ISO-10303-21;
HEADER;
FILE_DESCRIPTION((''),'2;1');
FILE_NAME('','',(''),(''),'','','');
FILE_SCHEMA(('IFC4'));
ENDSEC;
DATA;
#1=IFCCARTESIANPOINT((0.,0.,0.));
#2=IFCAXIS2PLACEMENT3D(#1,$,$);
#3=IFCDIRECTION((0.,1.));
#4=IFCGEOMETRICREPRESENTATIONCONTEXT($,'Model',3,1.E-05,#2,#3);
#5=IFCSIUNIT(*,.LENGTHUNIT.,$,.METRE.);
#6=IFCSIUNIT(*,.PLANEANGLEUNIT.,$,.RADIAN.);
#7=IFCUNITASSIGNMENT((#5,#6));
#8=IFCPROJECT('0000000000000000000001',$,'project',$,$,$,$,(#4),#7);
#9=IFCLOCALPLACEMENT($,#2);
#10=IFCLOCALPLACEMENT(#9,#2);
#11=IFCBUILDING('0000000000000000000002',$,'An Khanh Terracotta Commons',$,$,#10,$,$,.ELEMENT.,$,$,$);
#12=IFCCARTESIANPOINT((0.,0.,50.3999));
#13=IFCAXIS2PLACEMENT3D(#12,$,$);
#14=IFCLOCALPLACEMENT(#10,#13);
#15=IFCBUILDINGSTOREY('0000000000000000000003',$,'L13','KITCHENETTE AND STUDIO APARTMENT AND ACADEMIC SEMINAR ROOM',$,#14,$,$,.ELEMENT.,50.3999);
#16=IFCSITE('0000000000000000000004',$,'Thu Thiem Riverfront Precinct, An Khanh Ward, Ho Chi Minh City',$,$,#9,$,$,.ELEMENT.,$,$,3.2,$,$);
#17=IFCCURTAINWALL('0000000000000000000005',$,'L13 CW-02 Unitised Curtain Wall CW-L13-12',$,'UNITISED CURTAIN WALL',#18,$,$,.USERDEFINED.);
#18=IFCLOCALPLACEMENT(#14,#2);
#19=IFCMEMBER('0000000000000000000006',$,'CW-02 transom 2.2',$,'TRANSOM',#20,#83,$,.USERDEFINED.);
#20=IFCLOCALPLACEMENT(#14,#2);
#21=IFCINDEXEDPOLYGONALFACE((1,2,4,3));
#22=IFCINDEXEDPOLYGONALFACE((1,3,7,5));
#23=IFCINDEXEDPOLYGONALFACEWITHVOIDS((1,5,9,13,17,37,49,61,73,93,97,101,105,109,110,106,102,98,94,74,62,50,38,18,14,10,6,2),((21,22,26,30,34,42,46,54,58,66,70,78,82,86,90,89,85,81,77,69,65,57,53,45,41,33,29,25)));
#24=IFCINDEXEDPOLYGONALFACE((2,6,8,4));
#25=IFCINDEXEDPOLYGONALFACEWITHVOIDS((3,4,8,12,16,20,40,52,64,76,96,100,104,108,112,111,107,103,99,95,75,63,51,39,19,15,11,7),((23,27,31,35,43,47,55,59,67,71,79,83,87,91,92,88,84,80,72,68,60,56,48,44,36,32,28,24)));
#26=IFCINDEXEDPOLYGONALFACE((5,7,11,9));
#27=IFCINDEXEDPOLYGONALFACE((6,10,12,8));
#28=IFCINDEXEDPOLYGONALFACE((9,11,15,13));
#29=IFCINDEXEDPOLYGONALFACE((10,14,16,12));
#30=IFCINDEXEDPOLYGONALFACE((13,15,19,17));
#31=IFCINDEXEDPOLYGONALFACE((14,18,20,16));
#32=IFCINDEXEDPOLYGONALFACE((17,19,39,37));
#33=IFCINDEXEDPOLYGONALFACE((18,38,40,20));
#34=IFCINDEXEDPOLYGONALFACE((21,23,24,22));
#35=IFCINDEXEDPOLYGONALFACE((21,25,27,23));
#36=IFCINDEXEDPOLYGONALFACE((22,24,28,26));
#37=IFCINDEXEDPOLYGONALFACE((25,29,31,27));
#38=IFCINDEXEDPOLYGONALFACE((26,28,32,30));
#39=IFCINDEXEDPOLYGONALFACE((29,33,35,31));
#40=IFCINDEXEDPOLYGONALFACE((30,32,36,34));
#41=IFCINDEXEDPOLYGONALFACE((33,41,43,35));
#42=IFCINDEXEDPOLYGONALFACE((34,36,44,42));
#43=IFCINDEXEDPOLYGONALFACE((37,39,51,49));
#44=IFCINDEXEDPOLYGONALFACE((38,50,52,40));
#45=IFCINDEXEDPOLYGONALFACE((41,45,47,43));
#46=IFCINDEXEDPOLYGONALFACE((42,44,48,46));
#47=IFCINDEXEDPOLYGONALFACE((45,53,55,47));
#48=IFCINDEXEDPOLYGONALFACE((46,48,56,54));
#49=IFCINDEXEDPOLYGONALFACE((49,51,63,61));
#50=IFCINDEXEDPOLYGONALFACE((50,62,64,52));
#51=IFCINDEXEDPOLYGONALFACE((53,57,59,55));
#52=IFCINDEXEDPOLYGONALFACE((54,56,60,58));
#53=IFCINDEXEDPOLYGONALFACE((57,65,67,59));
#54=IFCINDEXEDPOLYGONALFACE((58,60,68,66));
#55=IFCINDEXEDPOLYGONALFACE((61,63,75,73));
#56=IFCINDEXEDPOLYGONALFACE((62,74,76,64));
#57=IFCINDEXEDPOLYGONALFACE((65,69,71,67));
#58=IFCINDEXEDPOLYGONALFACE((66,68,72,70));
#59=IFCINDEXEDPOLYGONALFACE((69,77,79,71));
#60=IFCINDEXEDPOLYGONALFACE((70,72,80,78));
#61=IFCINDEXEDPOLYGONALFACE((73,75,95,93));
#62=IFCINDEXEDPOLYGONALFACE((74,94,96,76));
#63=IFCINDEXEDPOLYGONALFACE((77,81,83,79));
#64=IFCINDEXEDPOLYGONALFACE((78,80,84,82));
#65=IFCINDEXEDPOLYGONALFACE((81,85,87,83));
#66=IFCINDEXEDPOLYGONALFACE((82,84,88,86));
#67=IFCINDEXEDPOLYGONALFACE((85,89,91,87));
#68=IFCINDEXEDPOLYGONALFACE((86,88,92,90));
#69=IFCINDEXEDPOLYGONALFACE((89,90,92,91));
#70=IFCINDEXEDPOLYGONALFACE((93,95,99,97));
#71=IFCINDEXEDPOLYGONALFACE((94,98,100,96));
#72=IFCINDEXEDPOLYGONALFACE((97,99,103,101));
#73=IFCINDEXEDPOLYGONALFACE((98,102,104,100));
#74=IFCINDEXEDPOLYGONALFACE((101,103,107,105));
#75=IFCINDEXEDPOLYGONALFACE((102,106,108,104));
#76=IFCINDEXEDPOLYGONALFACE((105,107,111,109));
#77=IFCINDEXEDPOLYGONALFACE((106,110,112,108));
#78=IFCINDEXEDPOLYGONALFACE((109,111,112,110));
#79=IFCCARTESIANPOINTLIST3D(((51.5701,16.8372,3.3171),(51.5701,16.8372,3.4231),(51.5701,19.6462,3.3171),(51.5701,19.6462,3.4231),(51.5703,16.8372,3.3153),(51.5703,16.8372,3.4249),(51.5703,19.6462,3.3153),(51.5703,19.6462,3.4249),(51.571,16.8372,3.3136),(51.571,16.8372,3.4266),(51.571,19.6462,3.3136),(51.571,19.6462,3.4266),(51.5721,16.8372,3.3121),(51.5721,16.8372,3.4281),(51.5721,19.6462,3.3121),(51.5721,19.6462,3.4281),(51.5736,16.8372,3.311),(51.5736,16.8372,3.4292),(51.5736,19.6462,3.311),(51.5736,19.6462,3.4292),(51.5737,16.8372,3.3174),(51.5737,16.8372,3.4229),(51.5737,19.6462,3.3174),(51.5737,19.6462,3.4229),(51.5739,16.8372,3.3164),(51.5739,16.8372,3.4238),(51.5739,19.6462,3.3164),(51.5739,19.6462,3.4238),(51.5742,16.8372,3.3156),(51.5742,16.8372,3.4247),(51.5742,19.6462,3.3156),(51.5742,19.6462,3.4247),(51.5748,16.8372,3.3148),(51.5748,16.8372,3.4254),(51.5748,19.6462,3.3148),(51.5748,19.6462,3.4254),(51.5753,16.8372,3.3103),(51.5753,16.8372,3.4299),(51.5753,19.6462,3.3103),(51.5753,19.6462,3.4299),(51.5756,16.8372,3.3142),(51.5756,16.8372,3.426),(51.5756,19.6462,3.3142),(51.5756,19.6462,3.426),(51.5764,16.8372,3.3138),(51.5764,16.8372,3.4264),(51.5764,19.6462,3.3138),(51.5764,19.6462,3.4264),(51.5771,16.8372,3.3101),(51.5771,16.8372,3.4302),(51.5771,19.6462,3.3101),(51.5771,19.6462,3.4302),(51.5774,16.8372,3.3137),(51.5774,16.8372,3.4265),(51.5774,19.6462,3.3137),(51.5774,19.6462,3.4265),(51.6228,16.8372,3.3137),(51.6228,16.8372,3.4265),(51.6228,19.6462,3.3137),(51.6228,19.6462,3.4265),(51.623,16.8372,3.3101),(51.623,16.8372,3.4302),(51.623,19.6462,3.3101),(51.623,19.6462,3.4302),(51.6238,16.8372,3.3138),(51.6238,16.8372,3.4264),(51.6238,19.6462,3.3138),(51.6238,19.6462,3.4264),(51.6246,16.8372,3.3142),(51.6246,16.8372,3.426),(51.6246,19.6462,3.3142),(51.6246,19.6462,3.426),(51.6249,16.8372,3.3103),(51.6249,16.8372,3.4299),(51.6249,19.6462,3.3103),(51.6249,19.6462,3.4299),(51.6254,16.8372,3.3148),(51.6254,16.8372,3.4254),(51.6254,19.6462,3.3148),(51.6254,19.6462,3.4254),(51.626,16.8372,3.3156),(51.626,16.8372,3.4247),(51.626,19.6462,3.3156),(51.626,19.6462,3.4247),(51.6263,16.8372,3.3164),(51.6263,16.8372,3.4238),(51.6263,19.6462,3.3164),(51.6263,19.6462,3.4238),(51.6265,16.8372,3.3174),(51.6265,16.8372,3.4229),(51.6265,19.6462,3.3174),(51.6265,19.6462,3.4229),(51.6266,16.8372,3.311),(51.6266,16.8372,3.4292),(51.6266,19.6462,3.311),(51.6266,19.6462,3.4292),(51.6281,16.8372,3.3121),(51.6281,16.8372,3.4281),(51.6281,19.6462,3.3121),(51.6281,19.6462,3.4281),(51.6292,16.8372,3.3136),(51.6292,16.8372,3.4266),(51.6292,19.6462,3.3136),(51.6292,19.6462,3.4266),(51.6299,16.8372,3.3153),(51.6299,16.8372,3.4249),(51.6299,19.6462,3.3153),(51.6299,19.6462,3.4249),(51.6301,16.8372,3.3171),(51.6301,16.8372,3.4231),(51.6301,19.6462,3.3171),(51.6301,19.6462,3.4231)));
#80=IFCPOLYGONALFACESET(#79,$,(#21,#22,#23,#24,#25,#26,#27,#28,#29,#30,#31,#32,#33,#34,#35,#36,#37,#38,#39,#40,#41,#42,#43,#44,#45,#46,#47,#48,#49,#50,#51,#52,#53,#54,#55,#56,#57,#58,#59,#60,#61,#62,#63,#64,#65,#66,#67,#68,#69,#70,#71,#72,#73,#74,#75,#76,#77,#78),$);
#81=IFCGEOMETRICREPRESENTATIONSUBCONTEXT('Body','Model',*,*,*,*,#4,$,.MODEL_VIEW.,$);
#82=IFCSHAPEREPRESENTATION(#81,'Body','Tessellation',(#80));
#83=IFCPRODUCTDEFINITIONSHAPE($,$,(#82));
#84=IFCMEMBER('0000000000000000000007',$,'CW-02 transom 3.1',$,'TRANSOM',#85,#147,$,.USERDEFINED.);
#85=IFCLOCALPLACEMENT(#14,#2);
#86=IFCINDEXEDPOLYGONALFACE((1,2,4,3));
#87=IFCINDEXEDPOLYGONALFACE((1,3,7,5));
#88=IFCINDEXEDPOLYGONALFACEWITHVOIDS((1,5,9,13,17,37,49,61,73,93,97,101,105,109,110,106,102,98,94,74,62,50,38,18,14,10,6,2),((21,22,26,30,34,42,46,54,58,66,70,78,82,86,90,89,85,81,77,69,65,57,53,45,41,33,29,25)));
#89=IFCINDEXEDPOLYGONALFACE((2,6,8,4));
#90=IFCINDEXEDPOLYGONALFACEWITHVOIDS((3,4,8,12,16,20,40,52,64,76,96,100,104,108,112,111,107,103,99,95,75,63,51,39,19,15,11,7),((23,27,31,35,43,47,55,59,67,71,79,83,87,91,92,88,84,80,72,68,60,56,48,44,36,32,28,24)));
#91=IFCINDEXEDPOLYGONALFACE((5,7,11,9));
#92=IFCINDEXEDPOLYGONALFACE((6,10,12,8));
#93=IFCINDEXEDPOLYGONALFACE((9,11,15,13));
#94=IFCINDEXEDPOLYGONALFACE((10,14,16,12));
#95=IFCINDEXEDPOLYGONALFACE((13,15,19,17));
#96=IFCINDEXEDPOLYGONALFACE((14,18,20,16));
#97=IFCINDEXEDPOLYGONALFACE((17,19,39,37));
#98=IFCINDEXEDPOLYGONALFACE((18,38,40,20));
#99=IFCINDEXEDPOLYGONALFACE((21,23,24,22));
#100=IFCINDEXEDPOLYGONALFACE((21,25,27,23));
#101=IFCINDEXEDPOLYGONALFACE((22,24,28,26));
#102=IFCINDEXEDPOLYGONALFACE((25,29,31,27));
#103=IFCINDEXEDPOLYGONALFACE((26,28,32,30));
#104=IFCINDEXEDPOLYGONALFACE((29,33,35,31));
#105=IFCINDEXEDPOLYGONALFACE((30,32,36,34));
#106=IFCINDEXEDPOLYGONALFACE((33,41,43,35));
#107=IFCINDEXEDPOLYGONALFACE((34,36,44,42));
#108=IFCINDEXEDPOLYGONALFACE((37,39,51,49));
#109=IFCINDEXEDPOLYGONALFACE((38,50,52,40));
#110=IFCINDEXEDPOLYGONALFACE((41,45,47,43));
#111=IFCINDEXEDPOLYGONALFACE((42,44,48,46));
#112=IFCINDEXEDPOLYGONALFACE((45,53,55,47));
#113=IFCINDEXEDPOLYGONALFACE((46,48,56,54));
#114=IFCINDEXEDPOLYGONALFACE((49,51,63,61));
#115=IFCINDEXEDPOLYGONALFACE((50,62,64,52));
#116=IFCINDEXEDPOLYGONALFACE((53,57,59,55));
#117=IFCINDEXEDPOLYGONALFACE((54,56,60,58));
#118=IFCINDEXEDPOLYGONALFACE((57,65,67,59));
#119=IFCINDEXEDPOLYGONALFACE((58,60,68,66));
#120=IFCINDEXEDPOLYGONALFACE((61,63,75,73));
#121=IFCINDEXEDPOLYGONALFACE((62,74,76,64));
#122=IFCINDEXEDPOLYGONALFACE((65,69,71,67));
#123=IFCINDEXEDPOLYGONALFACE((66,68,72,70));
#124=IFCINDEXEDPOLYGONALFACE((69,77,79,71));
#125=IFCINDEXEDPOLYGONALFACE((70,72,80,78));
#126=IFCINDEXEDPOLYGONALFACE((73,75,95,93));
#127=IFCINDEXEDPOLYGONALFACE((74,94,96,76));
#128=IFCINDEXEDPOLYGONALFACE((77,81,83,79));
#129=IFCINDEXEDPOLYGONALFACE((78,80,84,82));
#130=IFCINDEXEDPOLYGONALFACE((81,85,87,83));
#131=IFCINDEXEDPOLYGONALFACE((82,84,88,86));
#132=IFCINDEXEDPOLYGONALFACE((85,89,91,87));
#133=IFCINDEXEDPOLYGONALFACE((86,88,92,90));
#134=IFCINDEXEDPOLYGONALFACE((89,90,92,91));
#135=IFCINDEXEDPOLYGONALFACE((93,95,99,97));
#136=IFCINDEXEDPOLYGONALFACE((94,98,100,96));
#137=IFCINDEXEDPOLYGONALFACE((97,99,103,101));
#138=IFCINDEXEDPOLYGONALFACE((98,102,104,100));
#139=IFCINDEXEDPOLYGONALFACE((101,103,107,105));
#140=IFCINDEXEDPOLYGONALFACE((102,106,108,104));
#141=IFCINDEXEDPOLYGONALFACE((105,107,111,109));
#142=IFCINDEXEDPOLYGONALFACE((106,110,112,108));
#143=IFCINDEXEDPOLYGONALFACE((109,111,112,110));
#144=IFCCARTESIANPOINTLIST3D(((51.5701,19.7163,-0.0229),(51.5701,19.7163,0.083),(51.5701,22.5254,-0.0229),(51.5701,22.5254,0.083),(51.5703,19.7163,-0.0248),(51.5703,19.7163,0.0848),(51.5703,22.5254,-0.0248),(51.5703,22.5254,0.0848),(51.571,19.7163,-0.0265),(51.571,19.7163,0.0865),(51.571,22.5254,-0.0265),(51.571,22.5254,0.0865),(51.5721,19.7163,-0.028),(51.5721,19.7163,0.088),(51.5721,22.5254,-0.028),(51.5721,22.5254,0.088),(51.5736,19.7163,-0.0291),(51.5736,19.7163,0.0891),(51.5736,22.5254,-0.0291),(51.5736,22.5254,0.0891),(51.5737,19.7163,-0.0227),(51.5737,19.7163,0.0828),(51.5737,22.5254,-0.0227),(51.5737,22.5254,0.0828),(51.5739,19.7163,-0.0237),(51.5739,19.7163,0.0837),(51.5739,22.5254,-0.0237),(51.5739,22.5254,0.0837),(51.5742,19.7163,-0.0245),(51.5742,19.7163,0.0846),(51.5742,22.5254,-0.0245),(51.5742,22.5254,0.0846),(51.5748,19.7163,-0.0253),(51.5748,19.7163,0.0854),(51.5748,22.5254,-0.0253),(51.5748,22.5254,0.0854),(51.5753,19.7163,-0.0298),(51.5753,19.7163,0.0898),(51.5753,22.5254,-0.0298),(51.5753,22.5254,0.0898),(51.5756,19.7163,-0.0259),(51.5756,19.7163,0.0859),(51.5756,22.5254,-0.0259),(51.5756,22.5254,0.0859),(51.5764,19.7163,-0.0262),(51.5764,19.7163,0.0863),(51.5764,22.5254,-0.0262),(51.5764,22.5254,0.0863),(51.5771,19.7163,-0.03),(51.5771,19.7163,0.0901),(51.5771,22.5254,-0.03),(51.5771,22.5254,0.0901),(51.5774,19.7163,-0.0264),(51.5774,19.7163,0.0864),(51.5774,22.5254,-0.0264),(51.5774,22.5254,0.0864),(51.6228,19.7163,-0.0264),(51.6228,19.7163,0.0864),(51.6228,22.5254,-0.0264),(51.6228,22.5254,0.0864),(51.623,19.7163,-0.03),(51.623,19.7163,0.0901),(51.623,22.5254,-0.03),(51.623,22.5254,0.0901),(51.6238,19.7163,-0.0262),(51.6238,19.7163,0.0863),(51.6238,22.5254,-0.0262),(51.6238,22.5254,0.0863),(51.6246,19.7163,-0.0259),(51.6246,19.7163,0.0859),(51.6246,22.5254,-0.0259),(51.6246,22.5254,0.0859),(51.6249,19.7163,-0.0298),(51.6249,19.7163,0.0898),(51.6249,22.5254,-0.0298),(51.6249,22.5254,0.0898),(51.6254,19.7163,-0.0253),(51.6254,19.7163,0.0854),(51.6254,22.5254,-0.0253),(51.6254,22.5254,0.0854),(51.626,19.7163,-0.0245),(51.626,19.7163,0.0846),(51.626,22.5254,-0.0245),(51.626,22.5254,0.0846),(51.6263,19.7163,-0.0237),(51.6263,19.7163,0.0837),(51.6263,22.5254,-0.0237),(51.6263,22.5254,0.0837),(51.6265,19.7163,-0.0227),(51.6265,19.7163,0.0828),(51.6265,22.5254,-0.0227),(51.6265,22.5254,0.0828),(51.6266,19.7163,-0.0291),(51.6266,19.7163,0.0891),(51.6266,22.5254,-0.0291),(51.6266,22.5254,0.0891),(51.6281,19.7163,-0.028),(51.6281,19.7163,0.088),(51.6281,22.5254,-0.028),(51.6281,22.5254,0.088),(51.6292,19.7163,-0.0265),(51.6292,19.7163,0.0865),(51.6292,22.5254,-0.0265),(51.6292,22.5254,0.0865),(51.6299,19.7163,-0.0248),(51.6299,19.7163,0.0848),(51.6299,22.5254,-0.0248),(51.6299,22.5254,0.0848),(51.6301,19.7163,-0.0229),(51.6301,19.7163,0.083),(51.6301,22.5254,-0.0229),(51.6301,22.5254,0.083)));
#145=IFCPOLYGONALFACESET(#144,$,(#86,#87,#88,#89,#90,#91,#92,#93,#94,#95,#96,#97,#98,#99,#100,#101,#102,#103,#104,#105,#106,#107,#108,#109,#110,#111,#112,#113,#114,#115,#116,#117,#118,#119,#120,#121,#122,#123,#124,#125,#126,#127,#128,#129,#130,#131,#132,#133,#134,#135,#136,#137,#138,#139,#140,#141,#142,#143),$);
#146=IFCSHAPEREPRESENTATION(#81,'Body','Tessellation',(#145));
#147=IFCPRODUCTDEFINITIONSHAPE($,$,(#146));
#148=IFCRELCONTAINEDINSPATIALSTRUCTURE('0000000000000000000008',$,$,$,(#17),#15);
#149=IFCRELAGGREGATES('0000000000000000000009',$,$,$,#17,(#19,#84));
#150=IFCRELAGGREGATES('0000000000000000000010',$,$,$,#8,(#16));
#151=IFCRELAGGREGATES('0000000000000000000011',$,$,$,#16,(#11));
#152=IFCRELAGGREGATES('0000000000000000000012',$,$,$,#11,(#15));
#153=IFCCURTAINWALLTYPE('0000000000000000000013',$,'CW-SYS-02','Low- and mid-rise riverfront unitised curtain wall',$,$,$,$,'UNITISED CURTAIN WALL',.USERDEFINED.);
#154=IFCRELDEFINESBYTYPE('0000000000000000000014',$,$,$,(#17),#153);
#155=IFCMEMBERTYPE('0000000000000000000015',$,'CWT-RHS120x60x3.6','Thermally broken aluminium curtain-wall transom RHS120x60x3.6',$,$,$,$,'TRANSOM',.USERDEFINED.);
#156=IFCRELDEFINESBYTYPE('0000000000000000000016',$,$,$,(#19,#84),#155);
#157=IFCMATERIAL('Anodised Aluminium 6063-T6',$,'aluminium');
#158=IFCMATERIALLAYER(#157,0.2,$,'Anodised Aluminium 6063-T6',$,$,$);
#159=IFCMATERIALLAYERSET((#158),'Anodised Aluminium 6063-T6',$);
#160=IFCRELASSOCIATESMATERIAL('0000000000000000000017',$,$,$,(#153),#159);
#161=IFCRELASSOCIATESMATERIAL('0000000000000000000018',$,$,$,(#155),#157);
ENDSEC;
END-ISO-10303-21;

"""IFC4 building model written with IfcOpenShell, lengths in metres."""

from ifc_helpers import new_model, si_unit, direction, frame, origin, origin_2d, place, context, subcontext, project, spatial, hollow_rectangle, extrude, material, layer, layer_set, material_profile, profile_set, type_object, element, aggregate, save


model = new_model("IFC4")

# Units and contexts
model_context = context("Model", 3, precision=1e-05, world=origin(), true_north=direction((0.0, 1.0)))
body_context = subcontext(model_context, "Body", "Model", "MODEL_VIEW")
ifc_project = project(units=[si_unit("LENGTHUNIT", "METRE"), si_unit("PLANEANGLEUNIT", "RADIAN")], contexts=[model_context])

# Site, building, storey
site_placement = place(None, origin())
site = spatial("IfcSite", under=ifc_project, at=site_placement, Name="Thu Thiem Riverfront Precinct, An Khanh Ward, Ho Chi Minh City", CompositionType="ELEMENT", RefElevation=3.2)
building_placement = place(site_placement, origin())
building = spatial("IfcBuilding", under=site, at=building_placement, Name="An Khanh Terracotta Commons", CompositionType="ELEMENT")
storey_placement = place(building_placement, frame((0.0, 0.0, 50.3999)))
storey = spatial("IfcBuildingStorey", under=building, at=storey_placement, Name="L13", Description="KITCHENETTE AND STUDIO APARTMENT AND ACADEMIC SEMINAR ROOM", CompositionType="ELEMENT", Elevation=50.3999)

# Curtain wall, members
ifc_material_1 = material(Name="Anodised Aluminium 6063-T6", Category="aluminium")
ifc_layer_1 = layer(ifc_material_1, 0.2, Name="Anodised Aluminium 6063-T6")
ifc_layer_set_1 = layer_set([ifc_layer_1], Name="Anodised Aluminium 6063-T6")
curtain_wall_type = type_object("IfcCurtainWallType", Name="CW-SYS-02", Description="Low- and mid-rise riverfront unitised curtain wall", ElementType="UNITISED CURTAIN WALL", PredefinedType="USERDEFINED", material=ifc_layer_set_1)
curtain_wall_placement = place(storey_placement, origin())
curtain_wall = element("IfcCurtainWall", 1, at=curtain_wall_placement, inside=storey, type_object=curtain_wall_type, Name="L13 CW-02 Unitised Curtain Wall CW-L13-12", ObjectType="UNITISED CURTAIN WALL", PredefinedType="USERDEFINED")
ifc_material_profile_1 = material_profile(ifc_material_1, hollow_rectangle(XDim=0.0601, YDim=0.1201, WallThickness=0.0037, InnerFilletRadius=0.0037, OuterFilletRadius=0.0071, at=origin_2d()), Name="RHS120x60x3.6")
ifc_profile_set_1 = profile_set([ifc_material_profile_1], Name="Anodised Aluminium 6063-T6")
member_type_1 = type_object("IfcMemberType", Name="CWT-RHS120x60x3.6", Description="Thermally broken aluminium curtain-wall transom RHS120x60x3.6", ElementType="TRANSOM", PredefinedType="USERDEFINED", material=ifc_profile_set_1)
member_1_placement = place(storey_placement, frame((51.6001, 16.8372, 3.3701), z_axis=(0.0, 1.0, 0.0), x_axis=(-1.0, 0.0, 0.0)))
member_1 = element("IfcMember", 2, at=member_1_placement, type_object=member_type_1, Name="CW-02 transom 2.2", ObjectType="TRANSOM", PredefinedType="USERDEFINED", context=body_context, shape_type="SweptSolid", body=[
    extrude(hollow_rectangle(XDim=0.0601, YDim=0.1201, WallThickness=0.0037, InnerFilletRadius=0.0037, OuterFilletRadius=0.0071, at=origin_2d()), origin(), (0.0, 0.0, 1.0), 2.8091),
])
member_2_placement = place(storey_placement, frame((51.6001, 19.7163, 0.03), z_axis=(0.0, 1.0, 0.0), x_axis=(-1.0, 0.0, 0.0)))
member_2 = element("IfcMember", 3, at=member_2_placement, type_object=member_type_1, Name="CW-02 transom 3.1", ObjectType="TRANSOM", PredefinedType="USERDEFINED", context=body_context, shape_type="SweptSolid", body=[
    extrude(hollow_rectangle(XDim=0.0601, YDim=0.1201, WallThickness=0.0037, InnerFilletRadius=0.0037, OuterFilletRadius=0.0071, at=origin_2d()), origin(), (0.0, 0.0, 1.0), 2.8091),
])
aggregate(curtain_wall, [member_1, member_2])

save(model, "model.ifc")
